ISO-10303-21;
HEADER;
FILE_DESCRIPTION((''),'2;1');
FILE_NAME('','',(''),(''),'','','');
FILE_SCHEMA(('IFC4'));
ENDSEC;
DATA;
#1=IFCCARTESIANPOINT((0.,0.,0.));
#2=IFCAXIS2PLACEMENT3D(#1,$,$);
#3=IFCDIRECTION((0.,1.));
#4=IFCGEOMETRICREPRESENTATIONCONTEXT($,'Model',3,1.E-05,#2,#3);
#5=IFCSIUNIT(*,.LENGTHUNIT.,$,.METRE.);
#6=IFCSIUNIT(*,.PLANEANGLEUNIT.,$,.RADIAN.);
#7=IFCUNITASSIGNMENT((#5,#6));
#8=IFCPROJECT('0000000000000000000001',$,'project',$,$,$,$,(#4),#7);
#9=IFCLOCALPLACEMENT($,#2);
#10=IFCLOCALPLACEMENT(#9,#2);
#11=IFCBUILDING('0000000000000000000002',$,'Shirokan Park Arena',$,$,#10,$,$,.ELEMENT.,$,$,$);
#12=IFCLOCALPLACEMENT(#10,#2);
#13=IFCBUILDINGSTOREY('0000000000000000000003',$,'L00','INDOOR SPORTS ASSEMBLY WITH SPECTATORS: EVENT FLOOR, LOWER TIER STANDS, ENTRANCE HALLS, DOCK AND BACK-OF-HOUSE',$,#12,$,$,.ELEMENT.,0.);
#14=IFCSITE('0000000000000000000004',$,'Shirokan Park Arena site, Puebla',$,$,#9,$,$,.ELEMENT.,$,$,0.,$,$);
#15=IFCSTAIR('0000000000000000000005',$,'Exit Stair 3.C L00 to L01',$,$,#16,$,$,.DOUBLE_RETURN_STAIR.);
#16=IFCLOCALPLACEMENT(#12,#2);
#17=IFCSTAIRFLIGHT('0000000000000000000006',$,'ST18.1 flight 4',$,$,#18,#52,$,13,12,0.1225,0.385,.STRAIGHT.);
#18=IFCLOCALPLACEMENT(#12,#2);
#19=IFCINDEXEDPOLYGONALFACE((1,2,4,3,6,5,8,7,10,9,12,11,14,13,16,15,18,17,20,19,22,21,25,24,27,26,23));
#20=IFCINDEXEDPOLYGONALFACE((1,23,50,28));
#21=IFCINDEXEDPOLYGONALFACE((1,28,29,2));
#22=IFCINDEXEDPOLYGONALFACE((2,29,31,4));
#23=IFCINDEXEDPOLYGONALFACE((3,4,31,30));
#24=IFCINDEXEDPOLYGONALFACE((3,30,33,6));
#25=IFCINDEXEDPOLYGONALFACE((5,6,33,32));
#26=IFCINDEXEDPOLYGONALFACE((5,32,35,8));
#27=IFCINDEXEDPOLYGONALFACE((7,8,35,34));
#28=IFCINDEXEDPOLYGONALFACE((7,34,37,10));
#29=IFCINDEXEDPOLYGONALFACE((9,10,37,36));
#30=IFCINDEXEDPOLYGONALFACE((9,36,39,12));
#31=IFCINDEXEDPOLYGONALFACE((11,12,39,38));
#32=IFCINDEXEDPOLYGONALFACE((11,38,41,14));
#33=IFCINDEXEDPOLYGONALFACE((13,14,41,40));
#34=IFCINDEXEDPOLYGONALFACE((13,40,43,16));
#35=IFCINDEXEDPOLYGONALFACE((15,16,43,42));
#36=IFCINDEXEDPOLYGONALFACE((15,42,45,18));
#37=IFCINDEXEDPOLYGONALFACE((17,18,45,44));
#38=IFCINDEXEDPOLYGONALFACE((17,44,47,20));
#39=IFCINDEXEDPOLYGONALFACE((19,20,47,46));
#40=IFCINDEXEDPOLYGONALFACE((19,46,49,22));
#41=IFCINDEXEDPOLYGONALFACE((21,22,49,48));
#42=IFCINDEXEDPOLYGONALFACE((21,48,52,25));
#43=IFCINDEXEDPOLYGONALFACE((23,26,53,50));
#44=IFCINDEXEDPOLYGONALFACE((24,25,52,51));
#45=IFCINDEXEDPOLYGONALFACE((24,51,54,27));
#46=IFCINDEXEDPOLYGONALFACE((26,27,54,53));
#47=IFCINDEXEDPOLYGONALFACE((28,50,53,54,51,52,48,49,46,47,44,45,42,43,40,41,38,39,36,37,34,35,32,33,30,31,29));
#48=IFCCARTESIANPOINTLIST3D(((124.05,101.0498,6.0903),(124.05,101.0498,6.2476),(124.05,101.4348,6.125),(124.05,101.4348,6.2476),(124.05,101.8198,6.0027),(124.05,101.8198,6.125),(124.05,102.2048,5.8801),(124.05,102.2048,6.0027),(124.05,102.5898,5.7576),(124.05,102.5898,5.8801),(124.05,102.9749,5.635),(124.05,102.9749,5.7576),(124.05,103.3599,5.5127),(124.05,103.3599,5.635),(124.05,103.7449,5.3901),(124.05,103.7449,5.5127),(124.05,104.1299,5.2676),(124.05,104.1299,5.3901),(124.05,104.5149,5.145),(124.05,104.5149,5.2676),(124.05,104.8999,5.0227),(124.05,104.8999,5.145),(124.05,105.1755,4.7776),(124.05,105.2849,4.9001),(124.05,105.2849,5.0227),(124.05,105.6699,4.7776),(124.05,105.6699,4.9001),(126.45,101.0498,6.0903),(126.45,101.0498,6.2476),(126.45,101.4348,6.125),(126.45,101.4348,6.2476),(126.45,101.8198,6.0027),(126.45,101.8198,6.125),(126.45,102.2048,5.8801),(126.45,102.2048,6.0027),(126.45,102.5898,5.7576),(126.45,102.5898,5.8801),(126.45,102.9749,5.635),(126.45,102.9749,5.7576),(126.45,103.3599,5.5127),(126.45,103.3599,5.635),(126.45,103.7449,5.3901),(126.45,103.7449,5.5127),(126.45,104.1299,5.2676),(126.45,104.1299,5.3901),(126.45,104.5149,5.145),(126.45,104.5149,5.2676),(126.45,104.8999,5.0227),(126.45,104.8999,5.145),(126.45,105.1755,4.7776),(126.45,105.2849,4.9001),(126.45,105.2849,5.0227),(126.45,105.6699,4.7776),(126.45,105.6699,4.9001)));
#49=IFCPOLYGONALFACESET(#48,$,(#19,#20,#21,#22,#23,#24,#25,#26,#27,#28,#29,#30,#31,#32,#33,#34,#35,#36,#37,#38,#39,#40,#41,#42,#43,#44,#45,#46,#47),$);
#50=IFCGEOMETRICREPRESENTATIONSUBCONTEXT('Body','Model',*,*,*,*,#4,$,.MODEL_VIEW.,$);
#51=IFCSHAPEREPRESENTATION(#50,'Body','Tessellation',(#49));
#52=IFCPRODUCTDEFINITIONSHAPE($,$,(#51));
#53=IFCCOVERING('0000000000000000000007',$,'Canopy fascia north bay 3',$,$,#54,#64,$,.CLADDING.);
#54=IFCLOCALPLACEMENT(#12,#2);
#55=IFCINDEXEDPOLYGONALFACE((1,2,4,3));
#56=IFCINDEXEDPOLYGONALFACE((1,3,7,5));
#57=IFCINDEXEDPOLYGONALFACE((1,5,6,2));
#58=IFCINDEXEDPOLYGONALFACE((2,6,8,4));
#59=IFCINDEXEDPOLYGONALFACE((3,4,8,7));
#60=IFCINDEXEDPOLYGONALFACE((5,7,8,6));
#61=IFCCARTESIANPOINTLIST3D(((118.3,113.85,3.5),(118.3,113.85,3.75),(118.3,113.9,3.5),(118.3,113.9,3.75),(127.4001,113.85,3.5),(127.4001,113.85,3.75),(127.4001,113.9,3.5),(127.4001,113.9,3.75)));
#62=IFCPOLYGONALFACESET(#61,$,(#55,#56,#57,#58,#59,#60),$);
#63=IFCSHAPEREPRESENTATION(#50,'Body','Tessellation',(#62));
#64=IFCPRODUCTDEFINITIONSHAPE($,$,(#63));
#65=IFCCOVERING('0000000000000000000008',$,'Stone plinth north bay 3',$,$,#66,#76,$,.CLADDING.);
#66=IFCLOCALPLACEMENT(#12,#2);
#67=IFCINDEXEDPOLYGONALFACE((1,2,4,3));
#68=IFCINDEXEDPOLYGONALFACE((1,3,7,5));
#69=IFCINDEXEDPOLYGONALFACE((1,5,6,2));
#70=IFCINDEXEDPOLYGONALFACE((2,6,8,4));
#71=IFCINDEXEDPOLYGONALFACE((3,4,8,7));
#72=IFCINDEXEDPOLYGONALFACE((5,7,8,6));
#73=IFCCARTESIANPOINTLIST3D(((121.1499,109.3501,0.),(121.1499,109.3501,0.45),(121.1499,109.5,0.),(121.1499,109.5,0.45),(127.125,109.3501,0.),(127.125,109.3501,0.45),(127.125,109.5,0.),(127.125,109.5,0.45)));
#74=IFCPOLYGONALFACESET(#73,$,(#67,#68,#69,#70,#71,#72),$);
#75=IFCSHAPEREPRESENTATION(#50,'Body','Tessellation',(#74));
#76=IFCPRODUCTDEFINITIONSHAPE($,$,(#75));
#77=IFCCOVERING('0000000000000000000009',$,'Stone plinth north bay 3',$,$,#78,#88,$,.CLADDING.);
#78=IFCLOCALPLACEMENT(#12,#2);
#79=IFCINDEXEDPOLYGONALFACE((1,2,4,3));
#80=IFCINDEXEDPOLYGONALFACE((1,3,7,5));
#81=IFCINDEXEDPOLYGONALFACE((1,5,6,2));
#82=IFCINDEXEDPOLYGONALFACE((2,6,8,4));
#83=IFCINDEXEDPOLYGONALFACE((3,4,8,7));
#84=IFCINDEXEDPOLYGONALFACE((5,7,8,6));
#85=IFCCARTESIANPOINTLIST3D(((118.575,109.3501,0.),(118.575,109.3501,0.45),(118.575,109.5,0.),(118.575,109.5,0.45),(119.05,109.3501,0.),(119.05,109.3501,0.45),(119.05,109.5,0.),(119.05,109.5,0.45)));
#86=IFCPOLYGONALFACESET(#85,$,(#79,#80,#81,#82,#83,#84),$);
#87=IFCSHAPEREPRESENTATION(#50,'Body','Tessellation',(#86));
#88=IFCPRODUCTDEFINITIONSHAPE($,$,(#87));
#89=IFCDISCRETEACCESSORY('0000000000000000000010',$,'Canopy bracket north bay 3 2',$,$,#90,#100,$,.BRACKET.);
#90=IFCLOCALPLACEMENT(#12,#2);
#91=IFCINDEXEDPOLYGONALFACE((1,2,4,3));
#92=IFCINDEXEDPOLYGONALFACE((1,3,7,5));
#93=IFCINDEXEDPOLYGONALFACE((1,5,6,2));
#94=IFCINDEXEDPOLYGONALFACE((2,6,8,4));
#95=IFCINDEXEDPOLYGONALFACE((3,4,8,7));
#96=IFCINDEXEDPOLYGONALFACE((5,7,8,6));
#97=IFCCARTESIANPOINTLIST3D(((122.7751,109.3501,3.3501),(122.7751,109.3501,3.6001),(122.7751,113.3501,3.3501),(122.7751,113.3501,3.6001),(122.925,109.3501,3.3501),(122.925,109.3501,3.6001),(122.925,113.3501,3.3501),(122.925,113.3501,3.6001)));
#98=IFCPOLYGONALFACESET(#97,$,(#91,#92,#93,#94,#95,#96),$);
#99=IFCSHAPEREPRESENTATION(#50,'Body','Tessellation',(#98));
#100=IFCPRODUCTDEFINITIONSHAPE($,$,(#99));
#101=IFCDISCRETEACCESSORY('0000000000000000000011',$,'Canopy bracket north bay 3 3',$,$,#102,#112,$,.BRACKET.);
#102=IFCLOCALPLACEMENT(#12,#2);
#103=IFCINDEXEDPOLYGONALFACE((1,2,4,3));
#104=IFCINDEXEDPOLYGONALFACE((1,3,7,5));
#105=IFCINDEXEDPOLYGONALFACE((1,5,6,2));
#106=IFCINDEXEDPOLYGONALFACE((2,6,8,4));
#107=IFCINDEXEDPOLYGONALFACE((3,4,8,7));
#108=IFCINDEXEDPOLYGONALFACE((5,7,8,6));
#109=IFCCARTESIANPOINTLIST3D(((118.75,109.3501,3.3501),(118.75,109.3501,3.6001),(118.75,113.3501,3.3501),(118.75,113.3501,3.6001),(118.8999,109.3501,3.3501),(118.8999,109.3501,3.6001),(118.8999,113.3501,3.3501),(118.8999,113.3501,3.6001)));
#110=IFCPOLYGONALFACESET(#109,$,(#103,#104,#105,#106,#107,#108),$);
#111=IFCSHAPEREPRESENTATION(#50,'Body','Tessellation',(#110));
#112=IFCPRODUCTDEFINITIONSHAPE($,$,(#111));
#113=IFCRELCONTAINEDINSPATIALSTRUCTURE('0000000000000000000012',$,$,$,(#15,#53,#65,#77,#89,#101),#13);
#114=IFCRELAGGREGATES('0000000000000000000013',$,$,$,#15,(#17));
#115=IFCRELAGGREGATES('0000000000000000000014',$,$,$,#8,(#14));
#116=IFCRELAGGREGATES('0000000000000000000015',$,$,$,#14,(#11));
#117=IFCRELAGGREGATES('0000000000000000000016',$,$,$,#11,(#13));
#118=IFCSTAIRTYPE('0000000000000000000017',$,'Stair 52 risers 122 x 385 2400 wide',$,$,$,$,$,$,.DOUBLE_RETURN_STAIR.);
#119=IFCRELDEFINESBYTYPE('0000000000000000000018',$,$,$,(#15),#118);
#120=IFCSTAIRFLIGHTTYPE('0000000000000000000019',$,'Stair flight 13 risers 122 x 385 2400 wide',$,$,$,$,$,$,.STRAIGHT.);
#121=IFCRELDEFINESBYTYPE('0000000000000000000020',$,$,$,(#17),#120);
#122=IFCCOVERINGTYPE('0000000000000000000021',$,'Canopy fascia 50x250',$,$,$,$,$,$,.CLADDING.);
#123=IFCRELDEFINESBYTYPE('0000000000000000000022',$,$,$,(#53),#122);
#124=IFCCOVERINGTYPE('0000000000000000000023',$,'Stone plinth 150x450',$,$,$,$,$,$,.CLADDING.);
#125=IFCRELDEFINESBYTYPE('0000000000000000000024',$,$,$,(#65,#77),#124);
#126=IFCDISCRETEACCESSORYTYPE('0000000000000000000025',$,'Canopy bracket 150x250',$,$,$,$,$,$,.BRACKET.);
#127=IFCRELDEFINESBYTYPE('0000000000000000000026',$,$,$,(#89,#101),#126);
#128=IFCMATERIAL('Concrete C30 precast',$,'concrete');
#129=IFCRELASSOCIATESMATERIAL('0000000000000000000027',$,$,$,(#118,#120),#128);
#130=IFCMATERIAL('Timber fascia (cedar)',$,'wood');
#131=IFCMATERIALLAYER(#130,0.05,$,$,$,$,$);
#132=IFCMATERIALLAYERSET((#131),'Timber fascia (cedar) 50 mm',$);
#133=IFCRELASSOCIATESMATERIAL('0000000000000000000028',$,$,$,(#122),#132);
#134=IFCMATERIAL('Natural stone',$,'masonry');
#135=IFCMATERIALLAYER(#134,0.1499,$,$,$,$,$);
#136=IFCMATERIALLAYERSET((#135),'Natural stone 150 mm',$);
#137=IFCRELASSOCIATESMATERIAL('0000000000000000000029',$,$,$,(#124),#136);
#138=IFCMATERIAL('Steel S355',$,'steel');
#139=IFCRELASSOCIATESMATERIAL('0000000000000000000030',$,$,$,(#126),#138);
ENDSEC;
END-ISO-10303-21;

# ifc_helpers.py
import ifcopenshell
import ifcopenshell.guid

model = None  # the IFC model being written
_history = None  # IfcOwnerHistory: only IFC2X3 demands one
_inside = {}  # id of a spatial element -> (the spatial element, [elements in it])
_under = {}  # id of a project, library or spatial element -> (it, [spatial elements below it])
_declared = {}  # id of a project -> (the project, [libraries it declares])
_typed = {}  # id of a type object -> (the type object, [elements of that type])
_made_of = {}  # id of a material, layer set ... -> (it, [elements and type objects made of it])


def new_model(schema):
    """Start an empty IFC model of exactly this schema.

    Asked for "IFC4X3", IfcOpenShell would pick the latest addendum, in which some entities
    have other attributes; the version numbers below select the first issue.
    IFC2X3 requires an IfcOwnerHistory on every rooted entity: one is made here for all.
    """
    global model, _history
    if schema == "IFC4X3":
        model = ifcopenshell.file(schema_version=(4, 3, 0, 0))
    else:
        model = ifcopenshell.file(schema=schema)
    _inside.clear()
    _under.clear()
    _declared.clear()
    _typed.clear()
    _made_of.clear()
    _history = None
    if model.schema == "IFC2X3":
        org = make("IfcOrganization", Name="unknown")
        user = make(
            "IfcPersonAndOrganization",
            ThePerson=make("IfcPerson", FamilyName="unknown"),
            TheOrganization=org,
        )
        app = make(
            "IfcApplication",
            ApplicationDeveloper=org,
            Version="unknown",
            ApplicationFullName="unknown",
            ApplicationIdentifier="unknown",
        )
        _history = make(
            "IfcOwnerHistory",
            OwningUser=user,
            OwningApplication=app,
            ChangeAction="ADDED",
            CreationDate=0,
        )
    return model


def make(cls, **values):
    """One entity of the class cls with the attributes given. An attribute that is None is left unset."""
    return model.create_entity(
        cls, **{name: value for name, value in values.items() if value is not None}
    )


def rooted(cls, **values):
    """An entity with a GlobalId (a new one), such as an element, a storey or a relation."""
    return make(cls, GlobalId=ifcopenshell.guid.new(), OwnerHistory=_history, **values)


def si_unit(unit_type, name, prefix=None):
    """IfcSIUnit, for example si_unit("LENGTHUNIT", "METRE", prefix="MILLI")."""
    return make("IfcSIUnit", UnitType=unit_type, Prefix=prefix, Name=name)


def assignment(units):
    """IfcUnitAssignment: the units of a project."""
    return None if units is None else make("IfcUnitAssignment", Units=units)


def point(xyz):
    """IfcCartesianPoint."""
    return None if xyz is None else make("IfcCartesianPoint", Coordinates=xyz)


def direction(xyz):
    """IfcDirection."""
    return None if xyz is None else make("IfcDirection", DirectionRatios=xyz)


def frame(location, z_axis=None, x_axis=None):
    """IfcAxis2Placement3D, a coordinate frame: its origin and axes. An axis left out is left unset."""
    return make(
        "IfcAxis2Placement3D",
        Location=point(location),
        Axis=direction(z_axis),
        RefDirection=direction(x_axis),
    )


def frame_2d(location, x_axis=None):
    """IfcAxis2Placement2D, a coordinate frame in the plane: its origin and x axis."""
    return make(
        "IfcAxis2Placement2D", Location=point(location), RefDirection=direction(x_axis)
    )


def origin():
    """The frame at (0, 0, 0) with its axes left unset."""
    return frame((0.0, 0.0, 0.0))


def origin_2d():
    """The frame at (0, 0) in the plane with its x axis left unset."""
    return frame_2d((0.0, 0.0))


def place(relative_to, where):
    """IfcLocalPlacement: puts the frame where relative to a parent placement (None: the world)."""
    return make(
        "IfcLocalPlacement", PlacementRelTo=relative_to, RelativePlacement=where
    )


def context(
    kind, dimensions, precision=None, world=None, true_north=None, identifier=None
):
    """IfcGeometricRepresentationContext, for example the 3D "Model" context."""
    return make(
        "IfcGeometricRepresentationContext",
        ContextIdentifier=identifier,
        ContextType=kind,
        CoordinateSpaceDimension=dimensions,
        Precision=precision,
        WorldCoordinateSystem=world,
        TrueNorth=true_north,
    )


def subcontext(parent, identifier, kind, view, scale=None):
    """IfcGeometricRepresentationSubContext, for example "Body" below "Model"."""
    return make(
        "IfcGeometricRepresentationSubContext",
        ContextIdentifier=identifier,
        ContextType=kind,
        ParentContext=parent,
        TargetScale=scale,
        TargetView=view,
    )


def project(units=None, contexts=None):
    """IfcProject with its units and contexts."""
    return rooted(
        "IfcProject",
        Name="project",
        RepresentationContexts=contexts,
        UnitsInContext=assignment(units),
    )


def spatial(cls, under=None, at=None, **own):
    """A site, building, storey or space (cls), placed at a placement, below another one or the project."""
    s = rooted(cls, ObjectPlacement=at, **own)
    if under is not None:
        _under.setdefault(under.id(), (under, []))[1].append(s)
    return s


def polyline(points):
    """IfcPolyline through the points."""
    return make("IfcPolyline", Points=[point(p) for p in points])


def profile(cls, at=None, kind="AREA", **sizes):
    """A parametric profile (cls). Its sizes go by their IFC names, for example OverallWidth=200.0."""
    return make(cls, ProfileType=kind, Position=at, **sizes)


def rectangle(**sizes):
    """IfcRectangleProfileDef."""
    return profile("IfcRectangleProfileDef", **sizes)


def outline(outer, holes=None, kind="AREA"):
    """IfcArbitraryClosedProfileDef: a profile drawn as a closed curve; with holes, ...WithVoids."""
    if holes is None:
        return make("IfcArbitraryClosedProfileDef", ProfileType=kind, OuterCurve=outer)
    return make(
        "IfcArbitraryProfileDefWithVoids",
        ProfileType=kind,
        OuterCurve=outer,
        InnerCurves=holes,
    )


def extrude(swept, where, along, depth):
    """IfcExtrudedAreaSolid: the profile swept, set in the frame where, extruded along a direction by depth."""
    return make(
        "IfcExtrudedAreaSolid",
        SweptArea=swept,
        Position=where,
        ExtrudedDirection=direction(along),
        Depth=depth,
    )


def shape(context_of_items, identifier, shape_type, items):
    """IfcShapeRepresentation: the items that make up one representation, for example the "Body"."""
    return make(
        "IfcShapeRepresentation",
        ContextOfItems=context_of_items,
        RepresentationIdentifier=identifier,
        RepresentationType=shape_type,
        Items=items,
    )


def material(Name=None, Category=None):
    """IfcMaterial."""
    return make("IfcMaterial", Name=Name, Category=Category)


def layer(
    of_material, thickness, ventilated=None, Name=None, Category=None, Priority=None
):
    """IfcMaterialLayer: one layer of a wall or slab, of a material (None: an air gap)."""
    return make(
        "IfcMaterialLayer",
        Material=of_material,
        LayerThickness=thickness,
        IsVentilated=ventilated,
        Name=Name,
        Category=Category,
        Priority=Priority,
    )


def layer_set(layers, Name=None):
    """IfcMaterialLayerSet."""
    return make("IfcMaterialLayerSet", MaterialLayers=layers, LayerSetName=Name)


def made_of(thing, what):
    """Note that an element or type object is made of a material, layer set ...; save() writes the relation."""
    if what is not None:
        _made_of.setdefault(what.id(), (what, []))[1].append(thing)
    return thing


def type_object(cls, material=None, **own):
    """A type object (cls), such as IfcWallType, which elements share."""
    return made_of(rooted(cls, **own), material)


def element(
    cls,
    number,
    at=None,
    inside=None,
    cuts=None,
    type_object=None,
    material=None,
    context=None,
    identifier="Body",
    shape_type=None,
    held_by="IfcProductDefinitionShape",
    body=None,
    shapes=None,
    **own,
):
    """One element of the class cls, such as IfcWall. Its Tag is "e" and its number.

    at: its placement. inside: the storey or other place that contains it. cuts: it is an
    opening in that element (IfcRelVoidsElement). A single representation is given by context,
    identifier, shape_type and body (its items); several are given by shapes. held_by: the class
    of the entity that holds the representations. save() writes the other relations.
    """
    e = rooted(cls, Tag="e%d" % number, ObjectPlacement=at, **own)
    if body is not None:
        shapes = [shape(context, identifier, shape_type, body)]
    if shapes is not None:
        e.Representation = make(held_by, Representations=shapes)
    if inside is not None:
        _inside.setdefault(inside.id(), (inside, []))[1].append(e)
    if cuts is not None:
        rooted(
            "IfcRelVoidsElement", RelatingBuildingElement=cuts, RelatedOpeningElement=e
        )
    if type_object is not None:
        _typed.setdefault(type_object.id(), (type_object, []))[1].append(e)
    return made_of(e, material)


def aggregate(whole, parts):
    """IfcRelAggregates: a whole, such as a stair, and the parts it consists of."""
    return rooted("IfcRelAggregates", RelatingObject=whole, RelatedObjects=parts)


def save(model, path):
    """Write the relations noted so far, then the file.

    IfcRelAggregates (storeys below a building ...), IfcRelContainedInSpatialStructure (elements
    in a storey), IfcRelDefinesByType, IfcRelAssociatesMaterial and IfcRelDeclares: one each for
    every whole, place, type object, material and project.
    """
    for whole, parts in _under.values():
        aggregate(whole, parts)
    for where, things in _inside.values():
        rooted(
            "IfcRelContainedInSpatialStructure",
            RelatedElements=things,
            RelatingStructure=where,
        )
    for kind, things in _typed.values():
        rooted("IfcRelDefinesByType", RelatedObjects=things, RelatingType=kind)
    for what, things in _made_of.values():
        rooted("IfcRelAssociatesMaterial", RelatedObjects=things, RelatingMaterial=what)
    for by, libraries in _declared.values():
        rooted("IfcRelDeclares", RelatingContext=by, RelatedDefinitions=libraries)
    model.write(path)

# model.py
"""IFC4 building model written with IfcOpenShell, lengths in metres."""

from ifc_helpers import new_model, si_unit, direction, frame, origin, origin_2d, place, context, subcontext, project, spatial, polyline, rectangle, outline, extrude, material, layer, layer_set, type_object, element, aggregate, save


model = new_model("IFC4")

# Units and contexts
model_context = context("Model", 3, precision=1e-05, world=origin(), true_north=direction((0.0, 1.0)))
body_context = subcontext(model_context, "Body", "Model", "MODEL_VIEW")
ifc_project = project(units=[si_unit("LENGTHUNIT", "METRE"), si_unit("PLANEANGLEUNIT", "RADIAN")], contexts=[model_context])

# Site, building, storey
site_placement = place(None, origin())
site = spatial("IfcSite", under=ifc_project, at=site_placement, Name="Shirokan Park Arena site, Puebla", CompositionType="ELEMENT", RefElevation=0.0)
building_placement = place(site_placement, origin())
building = spatial("IfcBuilding", under=site, at=building_placement, Name="Shirokan Park Arena", CompositionType="ELEMENT")
storey_placement = place(building_placement, origin())
storey = spatial("IfcBuildingStorey", under=building, at=storey_placement, Name="L00", Description="INDOOR SPORTS ASSEMBLY WITH SPECTATORS: EVENT FLOOR, LOWER TIER STANDS, ENTRANCE HALLS, DOCK AND BACK-OF-HOUSE", CompositionType="ELEMENT", Elevation=0.0)

# Shared definitions
ifc_material_1 = material(Name="Steel S355", Category="steel")

# Stair, stair flight
ifc_material_2 = material(Name="Concrete C30 precast", Category="concrete")
stair_type = type_object("IfcStairType", Name="Stair 52 risers 122 x 385 2400 wide", PredefinedType="DOUBLE_RETURN_STAIR", material=ifc_material_2)
stair_placement = place(storey_placement, origin())
stair = element("IfcStair", 1, at=stair_placement, inside=storey, type_object=stair_type, Name="Exit Stair 3.C L00 to L01", PredefinedType="DOUBLE_RETURN_STAIR")
stair_flight_type = type_object("IfcStairFlightType", Name="Stair flight 13 risers 122 x 385 2400 wide", PredefinedType="STRAIGHT", material=ifc_material_2)
stair_flight_1_placement = place(storey_placement, frame((125.25, 105.6699, 4.7776), z_axis=(0.0, 0.0, 1.0), x_axis=(0.0, -1.0, 0.0)))
stair_flight_1 = element("IfcStairFlight", 2, at=stair_flight_1_placement, type_object=stair_flight_type, Name="ST18.1 flight 4", NumberOfRisers=13, NumberOfTreads=12, PredefinedType="STRAIGHT", RiserHeight=0.1225, TreadLength=0.385, context=body_context, shape_type="SweptSolid", body=[
    extrude(outline(polyline([(0.0, 0.0), (0.0, 0.1226), (0.385, 0.1226), (0.385, 0.2451), (0.77, 0.2451), (0.77, 0.3674), (1.155, 0.3674), (1.155, 0.49), (1.54, 0.49), (1.54, 0.6125), (1.925, 0.6125), (1.925, 0.7351), (2.3101, 0.7351), (2.3101, 0.8574), (2.6951, 0.8574), (2.6951, 0.98), (3.0801, 0.98), (3.0801, 1.1025), (3.4651, 1.1025), (3.4651, 1.2251), (3.8501, 1.2251), (3.8501, 1.3474), (4.2351, 1.3474), (4.2351, 1.47), (4.6201, 1.47), (4.6201, 1.5925), (4.6201, 1.3127), (0.4944, 0.0), (0.0, 0.0)])), frame((0.0, 1.2, 0.0), z_axis=(0.0, -1.0, 0.0), x_axis=(1.0, 0.0, 0.0)), (0.0, 0.0, 1.0), 2.3999),
])
aggregate(stair, [stair_flight_1])

# Covering
ifc_material_3 = material(Name="Timber fascia (cedar)", Category="wood")
ifc_layer_1 = layer(ifc_material_3, 0.05)
ifc_layer_set_1 = layer_set([ifc_layer_1], Name="Timber fascia (cedar) 50 mm")
covering_type_1 = type_object("IfcCoveringType", Name="Canopy fascia 50x250", PredefinedType="CLADDING", material=ifc_layer_set_1)
covering_1_placement = place(storey_placement, frame((122.8501, 113.875, 3.5), z_axis=(0.0, 0.0, 1.0), x_axis=(-1.0, 0.0, 0.0)))
element("IfcCovering", 3, at=covering_1_placement, inside=storey, type_object=covering_type_1, Name="Canopy fascia north bay 3", PredefinedType="CLADDING", context=body_context, shape_type="SweptSolid", body=[
    extrude(rectangle(XDim=9.1001, YDim=0.05, at=origin_2d()), origin(), (0.0, 0.0, 1.0), 0.25),
])

# Coverings
ifc_material_4 = material(Name="Natural stone", Category="masonry")
ifc_layer_2 = layer(ifc_material_4, 0.1499)
ifc_layer_set_2 = layer_set([ifc_layer_2], Name="Natural stone 150 mm")
covering_type_2 = type_object("IfcCoveringType", Name="Stone plinth 150x450", PredefinedType="CLADDING", material=ifc_layer_set_2)
covering_2_placement = place(storey_placement, frame((124.1375, 109.425, 0.0), z_axis=(0.0, 0.0, 1.0), x_axis=(-1.0, 0.0, 0.0)))
element("IfcCovering", 4, at=covering_2_placement, inside=storey, type_object=covering_type_2, Name="Stone plinth north bay 3", PredefinedType="CLADDING", context=body_context, shape_type="SweptSolid", body=[
    extrude(rectangle(XDim=5.9751, YDim=0.1499, at=origin_2d()), origin(), (0.0, 0.0, 1.0), 0.45),
])
covering_3_placement = place(storey_placement, frame((118.8125, 109.425, 0.0), z_axis=(0.0, 0.0, 1.0), x_axis=(-1.0, 0.0, 0.0)))
element("IfcCovering", 5, at=covering_3_placement, inside=storey, type_object=covering_type_2, Name="Stone plinth north bay 3", PredefinedType="CLADDING", context=body_context, shape_type="SweptSolid", body=[
    extrude(rectangle(XDim=0.4751, YDim=0.1499, at=origin_2d()), origin(), (0.0, 0.0, 1.0), 0.45),
])

# Discrete accessories
discrete_accessory_type = type_object("IfcDiscreteAccessoryType", Name="Canopy bracket 150x250", PredefinedType="BRACKET", material=ifc_material_1)
for number, where, z_axis, x_axis, name in (
    (6, (122.8501, 111.3501, 3.3501), (0.0, 0.0, 1.0), (-1.0, 0.0, 0.0), "Canopy bracket north bay 3 2"),
    (7, (118.825, 111.3501, 3.3501), (0.0, 0.0, 1.0), (-1.0, 0.0, 0.0), "Canopy bracket north bay 3 3"),
):
    element("IfcDiscreteAccessory", number, at=place(storey_placement, frame(where, z_axis=z_axis, x_axis=x_axis)), inside=storey, type_object=discrete_accessory_type, Name=name, PredefinedType="BRACKET", context=body_context, shape_type="SweptSolid", body=[
        extrude(rectangle(XDim=0.1499, YDim=4.0, at=origin_2d()), origin(), (0.0, 0.0, 1.0), 0.25),
    ])

save(model, "model.ifc")
